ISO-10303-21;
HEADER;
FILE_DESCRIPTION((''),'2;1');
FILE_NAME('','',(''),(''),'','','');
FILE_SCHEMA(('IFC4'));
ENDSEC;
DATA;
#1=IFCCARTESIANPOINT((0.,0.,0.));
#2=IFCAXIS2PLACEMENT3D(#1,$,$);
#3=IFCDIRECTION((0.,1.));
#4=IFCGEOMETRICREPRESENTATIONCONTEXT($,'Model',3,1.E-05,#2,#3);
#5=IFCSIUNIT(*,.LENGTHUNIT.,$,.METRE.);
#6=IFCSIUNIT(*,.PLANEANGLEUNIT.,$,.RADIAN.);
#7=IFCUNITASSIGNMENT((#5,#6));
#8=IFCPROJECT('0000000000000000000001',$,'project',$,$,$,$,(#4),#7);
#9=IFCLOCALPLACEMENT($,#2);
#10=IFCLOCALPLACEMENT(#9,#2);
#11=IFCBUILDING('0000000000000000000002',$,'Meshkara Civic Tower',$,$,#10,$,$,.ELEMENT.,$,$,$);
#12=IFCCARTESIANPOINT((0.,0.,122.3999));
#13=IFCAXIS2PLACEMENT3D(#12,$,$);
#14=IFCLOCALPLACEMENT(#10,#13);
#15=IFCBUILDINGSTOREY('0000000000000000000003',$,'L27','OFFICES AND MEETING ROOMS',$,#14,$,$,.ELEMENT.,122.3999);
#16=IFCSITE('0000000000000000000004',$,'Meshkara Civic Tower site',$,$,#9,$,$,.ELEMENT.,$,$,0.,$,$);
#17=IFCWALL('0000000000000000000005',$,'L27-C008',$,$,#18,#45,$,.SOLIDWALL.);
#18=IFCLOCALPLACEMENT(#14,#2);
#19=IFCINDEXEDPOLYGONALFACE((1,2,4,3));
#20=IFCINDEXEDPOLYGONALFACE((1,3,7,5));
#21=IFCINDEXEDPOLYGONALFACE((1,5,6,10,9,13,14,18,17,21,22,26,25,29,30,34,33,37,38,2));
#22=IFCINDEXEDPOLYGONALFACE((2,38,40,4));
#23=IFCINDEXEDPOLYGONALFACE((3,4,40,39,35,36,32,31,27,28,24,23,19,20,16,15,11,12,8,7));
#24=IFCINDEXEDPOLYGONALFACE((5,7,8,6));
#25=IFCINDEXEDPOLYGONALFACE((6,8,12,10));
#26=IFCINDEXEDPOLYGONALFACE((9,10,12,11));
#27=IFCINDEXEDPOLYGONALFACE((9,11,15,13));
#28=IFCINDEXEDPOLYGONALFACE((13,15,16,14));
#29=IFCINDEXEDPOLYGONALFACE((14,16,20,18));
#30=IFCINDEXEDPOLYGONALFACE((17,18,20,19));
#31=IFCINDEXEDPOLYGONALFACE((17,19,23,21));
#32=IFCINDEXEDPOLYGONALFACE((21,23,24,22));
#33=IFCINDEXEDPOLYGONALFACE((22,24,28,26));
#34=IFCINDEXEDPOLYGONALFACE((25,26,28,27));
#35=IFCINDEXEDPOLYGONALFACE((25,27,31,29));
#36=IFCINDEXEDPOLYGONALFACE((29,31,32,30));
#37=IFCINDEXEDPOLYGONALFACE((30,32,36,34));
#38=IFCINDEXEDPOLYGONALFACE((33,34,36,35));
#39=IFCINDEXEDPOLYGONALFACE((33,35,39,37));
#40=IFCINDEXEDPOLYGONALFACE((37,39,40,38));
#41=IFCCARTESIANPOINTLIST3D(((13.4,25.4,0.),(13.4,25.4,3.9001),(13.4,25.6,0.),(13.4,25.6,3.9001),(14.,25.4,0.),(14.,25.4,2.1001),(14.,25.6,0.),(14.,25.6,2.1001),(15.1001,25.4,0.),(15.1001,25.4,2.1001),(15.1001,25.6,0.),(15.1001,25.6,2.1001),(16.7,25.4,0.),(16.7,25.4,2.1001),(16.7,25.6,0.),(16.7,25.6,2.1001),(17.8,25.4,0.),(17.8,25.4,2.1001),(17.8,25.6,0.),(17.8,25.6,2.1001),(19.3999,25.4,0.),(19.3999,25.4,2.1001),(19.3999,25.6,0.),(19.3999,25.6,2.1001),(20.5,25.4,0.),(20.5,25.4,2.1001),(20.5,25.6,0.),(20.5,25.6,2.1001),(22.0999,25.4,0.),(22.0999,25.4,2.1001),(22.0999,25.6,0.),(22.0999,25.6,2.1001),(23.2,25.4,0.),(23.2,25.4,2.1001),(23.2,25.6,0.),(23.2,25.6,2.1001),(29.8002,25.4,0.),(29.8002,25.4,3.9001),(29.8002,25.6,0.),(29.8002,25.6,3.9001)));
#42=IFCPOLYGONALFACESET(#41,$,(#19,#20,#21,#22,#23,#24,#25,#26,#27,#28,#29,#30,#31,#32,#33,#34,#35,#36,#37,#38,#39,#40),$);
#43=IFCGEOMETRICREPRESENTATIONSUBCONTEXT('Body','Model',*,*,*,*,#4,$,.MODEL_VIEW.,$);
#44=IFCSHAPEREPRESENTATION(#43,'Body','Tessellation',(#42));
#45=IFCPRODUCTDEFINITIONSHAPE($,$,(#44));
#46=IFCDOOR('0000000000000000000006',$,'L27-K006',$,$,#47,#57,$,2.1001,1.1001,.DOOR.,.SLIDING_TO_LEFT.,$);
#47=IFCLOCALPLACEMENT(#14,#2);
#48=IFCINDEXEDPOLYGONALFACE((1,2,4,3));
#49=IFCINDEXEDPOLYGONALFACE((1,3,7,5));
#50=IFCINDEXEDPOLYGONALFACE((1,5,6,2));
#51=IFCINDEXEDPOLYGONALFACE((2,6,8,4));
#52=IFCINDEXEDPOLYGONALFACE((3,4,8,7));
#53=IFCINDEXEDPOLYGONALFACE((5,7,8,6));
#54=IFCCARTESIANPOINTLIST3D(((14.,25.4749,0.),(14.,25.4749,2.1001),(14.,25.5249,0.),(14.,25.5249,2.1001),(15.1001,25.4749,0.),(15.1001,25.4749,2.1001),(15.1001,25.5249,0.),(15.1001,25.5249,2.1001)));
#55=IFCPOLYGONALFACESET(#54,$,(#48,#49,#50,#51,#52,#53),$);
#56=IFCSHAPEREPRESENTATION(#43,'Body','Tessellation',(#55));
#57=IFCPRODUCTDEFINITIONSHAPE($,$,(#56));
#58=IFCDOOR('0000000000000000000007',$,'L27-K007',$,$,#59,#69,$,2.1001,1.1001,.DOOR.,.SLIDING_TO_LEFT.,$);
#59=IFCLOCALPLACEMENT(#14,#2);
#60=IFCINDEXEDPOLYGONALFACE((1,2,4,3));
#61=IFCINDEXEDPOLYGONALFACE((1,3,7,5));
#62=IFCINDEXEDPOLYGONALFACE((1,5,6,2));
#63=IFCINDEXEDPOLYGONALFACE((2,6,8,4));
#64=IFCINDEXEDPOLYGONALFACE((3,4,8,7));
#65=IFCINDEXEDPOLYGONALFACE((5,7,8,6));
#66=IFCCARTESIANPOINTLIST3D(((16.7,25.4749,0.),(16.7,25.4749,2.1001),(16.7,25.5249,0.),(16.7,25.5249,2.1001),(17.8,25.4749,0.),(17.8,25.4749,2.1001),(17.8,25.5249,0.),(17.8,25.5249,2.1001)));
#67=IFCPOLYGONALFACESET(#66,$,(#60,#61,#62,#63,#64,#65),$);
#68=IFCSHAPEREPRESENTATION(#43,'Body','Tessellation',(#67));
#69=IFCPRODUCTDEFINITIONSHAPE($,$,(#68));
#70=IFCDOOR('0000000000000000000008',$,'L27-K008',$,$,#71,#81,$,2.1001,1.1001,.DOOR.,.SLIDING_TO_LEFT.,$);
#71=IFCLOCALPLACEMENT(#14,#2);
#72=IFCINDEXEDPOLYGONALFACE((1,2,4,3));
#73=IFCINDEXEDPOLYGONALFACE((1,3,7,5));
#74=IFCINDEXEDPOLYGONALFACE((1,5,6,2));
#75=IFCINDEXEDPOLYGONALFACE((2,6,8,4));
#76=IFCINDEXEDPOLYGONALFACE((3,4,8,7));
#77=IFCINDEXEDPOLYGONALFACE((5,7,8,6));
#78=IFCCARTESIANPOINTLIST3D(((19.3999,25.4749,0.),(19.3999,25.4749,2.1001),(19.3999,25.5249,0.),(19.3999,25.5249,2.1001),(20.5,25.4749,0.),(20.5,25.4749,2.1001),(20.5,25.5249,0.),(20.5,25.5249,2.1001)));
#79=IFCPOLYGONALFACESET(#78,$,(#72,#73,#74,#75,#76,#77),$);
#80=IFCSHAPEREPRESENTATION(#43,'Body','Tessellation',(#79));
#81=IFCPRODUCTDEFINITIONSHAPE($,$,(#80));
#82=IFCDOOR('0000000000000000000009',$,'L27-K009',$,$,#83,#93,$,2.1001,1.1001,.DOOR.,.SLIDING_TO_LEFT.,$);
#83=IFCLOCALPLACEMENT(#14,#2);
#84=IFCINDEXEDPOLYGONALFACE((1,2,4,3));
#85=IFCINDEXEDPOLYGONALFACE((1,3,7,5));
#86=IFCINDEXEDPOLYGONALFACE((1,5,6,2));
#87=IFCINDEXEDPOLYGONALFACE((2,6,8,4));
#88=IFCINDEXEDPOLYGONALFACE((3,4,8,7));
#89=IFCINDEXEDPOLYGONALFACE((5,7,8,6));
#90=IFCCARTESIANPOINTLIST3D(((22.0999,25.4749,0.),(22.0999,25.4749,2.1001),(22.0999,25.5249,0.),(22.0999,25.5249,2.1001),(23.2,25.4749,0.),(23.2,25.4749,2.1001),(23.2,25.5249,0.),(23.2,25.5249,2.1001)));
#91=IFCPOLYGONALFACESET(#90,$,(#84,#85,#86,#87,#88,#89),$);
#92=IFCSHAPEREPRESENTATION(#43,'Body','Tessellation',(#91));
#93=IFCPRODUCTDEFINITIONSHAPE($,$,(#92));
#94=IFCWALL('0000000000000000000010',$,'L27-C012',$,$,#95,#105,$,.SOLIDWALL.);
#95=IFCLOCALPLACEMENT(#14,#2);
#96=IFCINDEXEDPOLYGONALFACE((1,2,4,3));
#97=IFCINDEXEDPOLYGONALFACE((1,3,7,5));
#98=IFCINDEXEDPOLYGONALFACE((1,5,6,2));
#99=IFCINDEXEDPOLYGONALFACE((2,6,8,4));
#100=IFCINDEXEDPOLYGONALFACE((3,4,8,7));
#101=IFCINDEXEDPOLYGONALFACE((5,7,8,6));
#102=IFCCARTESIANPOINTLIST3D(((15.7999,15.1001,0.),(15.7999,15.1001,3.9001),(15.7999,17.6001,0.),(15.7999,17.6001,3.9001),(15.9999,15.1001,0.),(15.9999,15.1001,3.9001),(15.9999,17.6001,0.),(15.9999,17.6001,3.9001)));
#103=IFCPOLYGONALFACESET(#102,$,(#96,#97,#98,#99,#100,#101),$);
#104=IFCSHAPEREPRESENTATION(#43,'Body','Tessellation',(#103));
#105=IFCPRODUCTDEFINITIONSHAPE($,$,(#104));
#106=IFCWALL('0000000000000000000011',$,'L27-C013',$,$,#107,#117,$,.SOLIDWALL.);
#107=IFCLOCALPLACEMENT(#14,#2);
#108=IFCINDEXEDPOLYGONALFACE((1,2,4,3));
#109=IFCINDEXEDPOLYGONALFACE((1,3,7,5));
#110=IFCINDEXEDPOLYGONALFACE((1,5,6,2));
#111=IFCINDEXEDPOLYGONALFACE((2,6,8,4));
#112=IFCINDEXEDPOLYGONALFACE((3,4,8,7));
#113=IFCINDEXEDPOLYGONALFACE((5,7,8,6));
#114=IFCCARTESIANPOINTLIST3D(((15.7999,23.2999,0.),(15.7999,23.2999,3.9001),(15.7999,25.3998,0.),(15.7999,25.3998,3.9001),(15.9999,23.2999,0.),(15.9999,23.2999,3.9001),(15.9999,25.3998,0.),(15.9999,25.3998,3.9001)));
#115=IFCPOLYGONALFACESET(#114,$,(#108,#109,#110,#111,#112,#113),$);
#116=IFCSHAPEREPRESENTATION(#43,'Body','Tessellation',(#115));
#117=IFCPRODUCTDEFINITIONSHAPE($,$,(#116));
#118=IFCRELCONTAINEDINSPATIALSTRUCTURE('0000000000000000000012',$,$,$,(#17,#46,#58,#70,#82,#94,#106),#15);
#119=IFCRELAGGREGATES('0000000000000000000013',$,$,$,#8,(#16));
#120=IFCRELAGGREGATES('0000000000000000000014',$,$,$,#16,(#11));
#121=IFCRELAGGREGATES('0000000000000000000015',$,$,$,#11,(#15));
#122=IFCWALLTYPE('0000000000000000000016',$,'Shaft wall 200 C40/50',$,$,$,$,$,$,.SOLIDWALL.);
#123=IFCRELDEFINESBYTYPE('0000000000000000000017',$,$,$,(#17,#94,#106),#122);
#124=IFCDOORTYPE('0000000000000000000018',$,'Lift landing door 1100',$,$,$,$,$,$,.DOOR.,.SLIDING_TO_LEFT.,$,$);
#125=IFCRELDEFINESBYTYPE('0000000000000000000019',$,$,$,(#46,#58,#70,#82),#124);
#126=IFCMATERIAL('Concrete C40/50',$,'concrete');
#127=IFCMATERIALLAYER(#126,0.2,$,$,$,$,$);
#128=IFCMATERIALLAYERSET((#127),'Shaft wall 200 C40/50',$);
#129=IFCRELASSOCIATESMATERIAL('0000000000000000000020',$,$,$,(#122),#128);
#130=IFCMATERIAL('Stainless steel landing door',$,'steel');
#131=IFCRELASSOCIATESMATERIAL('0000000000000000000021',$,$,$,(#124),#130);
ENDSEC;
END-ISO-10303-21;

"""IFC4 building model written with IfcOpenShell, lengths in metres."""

from ifc_helpers import new_model, si_unit, direction, frame, frame_2d, origin, place, context, subcontext, project, spatial, rectangle, extrude, material, layer, layer_set, type_object, element, fill, save


model = new_model("IFC4")

# Units and contexts
model_context = context("Model", 3, precision=1e-05, world=origin(), true_north=direction((0.0, 1.0)))
body_context = subcontext(model_context, "Body", "Model", "MODEL_VIEW")
ifc_project = project(units=[si_unit("LENGTHUNIT", "METRE"), si_unit("PLANEANGLEUNIT", "RADIAN")], contexts=[model_context])

# Site, building, storey
site_placement = place(None, origin())
site = spatial("IfcSite", under=ifc_project, at=site_placement, Name="Meshkara Civic Tower site", CompositionType="ELEMENT", RefElevation=0.0)
building_placement = place(site_placement, origin())
building = spatial("IfcBuilding", under=site, at=building_placement, Name="Meshkara Civic Tower", CompositionType="ELEMENT")
storey_placement = place(building_placement, frame((0.0, 0.0, 122.3999)))
storey = spatial("IfcBuildingStorey", under=building, at=storey_placement, Name="L27", Description="OFFICES AND MEETING ROOMS", CompositionType="ELEMENT", Elevation=122.3999)

# Wall, openings, doors
ifc_material_1 = material(Name="Concrete C40/50", Category="concrete")
ifc_layer_1 = layer(ifc_material_1, 0.2)
ifc_layer_set_1 = layer_set([ifc_layer_1], Name="Shaft wall 200 C40/50")
wall_type_1 = type_object("IfcWallType", Name="Shaft wall 200 C40/50", PredefinedType="SOLIDWALL", material=ifc_layer_set_1)
ifc_material_2 = material(Name="Stainless steel landing door", Category="steel")
door_type_1 = type_object("IfcDoorType", Name="Lift landing door 1100", OperationType="SLIDING_TO_LEFT", PredefinedType="DOOR", material=ifc_material_2)
wall_1_placement = place(storey_placement, frame((13.3999, 25.5, 0.0), z_axis=(0.0, 0.0, 1.0), x_axis=(1.0, 0.0, 0.0)))
wall_1 = element("IfcWall", 1, at=wall_1_placement, inside=storey, type_object=wall_type_1, Name="L27-C008", PredefinedType="SOLIDWALL", context=body_context, shape_type="SweptSolid", body=[
    extrude(rectangle(XDim=16.4001, YDim=0.2, at=frame_2d((8.2002, 0.0))), origin(), (0.0, 0.0, 1.0), 3.9001),
])
opening_1_placement = place(wall_1_placement, frame((0.6001, 0.0, 0.0)))
opening_1 = element("IfcOpeningElement", 2, at=opening_1_placement, cuts=wall_1, PredefinedType="OPENING", context=body_context, shape_type="SweptSolid", body=[
    extrude(rectangle(XDim=1.1001, YDim=2.1001, at=frame_2d((0.55, 1.05))), frame((0.0, 0.1099, 0.0), z_axis=(0.0, -1.0, 0.0), x_axis=(1.0, 0.0, 0.0)), (0.0, 0.0, 1.0), 0.22),
])
opening_2_placement = place(wall_1_placement, frame((3.3, 0.0, 0.0)))
opening_2 = element("IfcOpeningElement", 3, at=opening_2_placement, cuts=wall_1, PredefinedType="OPENING", context=body_context, shape_type="SweptSolid", body=[
    extrude(rectangle(XDim=1.1001, YDim=2.1001, at=frame_2d((0.55, 1.05))), frame((0.0, 0.1099, 0.0), z_axis=(0.0, -1.0, 0.0), x_axis=(1.0, 0.0, 0.0)), (0.0, 0.0, 1.0), 0.22),
])
opening_3_placement = place(wall_1_placement, frame((6.0, 0.0, 0.0)))
opening_3 = element("IfcOpeningElement", 4, at=opening_3_placement, cuts=wall_1, PredefinedType="OPENING", context=body_context, shape_type="SweptSolid", body=[
    extrude(rectangle(XDim=1.1001, YDim=2.1001, at=frame_2d((0.55, 1.05))), frame((0.0, 0.1099, 0.0), z_axis=(0.0, -1.0, 0.0), x_axis=(1.0, 0.0, 0.0)), (0.0, 0.0, 1.0), 0.22),
])
opening_4_placement = place(wall_1_placement, frame((8.7, 0.0, 0.0)))
opening_4 = element("IfcOpeningElement", 5, at=opening_4_placement, cuts=wall_1, PredefinedType="OPENING", context=body_context, shape_type="SweptSolid", body=[
    extrude(rectangle(XDim=1.1001, YDim=2.1001, at=frame_2d((0.55, 1.05))), frame((0.0, 0.1099, 0.0), z_axis=(0.0, -1.0, 0.0), x_axis=(1.0, 0.0, 0.0)), (0.0, 0.0, 1.0), 0.22),
])
door_1_placement = place(opening_1_placement, origin())
door_1 = element("IfcDoor", 6, at=door_1_placement, inside=storey, type_object=door_type_1, Name="L27-K006", OperationType="SLIDING_TO_LEFT", OverallHeight=2.1001, OverallWidth=1.1001, PredefinedType="DOOR", context=body_context, shape_type="SweptSolid", body=[
    extrude(rectangle(XDim=1.1001, YDim=2.1001, at=frame_2d((0.55, 1.05))), frame((0.0, 0.0249, 0.0), z_axis=(0.0, -1.0, 0.0), x_axis=(1.0, 0.0, 0.0)), (0.0, 0.0, 1.0), 0.05),
])
fill(opening_1, door_1)
door_2_placement = place(opening_2_placement, origin())
door_2 = element("IfcDoor", 7, at=door_2_placement, inside=storey, type_object=door_type_1, Name="L27-K007", OperationType="SLIDING_TO_LEFT", OverallHeight=2.1001, OverallWidth=1.1001, PredefinedType="DOOR", context=body_context, shape_type="SweptSolid", body=[
    extrude(rectangle(XDim=1.1001, YDim=2.1001, at=frame_2d((0.55, 1.05))), frame((0.0, 0.0249, 0.0), z_axis=(0.0, -1.0, 0.0), x_axis=(1.0, 0.0, 0.0)), (0.0, 0.0, 1.0), 0.05),
])
fill(opening_2, door_2)
door_3_placement = place(opening_3_placement, origin())
door_3 = element("IfcDoor", 8, at=door_3_placement, inside=storey, type_object=door_type_1, Name="L27-K008", OperationType="SLIDING_TO_LEFT", OverallHeight=2.1001, OverallWidth=1.1001, PredefinedType="DOOR", context=body_context, shape_type="SweptSolid", body=[
    extrude(rectangle(XDim=1.1001, YDim=2.1001, at=frame_2d((0.55, 1.05))), frame((0.0, 0.0249, 0.0), z_axis=(0.0, -1.0, 0.0), x_axis=(1.0, 0.0, 0.0)), (0.0, 0.0, 1.0), 0.05),
])
fill(opening_3, door_3)
door_4_placement = place(opening_4_placement, origin())
door_4 = element("IfcDoor", 9, at=door_4_placement, inside=storey, type_object=door_type_1, Name="L27-K009", OperationType="SLIDING_TO_LEFT", OverallHeight=2.1001, OverallWidth=1.1001, PredefinedType="DOOR", context=body_context, shape_type="SweptSolid", body=[
    extrude(rectangle(XDim=1.1001, YDim=2.1001, at=frame_2d((0.55, 1.05))), frame((0.0, 0.0249, 0.0), z_axis=(0.0, -1.0, 0.0), x_axis=(1.0, 0.0, 0.0)), (0.0, 0.0, 1.0), 0.05),
])
fill(opening_4, door_4)

# Walls
wall_2_placement = place(storey_placement, frame((15.8999, 15.1001, 0.0), z_axis=(0.0, 0.0, 1.0), x_axis=(0.0, 1.0, 0.0)))
element("IfcWall", 10, at=wall_2_placement, inside=storey, type_object=wall_type_1, Name="L27-C012", PredefinedType="SOLIDWALL", context=body_context, shape_type="SweptSolid", body=[
    extrude(rectangle(XDim=2.5, YDim=0.2, at=frame_2d((1.25, 0.0))), origin(), (0.0, 0.0, 1.0), 3.9001),
])
wall_3_placement = place(storey_placement, frame((15.8999, 23.3, 0.0), z_axis=(0.0, 0.0, 1.0), x_axis=(0.0, 1.0, 0.0)))
element("IfcWall", 11, at=wall_3_placement, inside=storey, type_object=wall_type_1, Name="L27-C013", PredefinedType="SOLIDWALL", context=body_context, shape_type="SweptSolid", body=[
    extrude(rectangle(XDim=2.0999, YDim=0.2, at=frame_2d((1.0498, 0.0))), origin(), (0.0, 0.0, 1.0), 3.9001),
])

save(model, "model.ifc")
